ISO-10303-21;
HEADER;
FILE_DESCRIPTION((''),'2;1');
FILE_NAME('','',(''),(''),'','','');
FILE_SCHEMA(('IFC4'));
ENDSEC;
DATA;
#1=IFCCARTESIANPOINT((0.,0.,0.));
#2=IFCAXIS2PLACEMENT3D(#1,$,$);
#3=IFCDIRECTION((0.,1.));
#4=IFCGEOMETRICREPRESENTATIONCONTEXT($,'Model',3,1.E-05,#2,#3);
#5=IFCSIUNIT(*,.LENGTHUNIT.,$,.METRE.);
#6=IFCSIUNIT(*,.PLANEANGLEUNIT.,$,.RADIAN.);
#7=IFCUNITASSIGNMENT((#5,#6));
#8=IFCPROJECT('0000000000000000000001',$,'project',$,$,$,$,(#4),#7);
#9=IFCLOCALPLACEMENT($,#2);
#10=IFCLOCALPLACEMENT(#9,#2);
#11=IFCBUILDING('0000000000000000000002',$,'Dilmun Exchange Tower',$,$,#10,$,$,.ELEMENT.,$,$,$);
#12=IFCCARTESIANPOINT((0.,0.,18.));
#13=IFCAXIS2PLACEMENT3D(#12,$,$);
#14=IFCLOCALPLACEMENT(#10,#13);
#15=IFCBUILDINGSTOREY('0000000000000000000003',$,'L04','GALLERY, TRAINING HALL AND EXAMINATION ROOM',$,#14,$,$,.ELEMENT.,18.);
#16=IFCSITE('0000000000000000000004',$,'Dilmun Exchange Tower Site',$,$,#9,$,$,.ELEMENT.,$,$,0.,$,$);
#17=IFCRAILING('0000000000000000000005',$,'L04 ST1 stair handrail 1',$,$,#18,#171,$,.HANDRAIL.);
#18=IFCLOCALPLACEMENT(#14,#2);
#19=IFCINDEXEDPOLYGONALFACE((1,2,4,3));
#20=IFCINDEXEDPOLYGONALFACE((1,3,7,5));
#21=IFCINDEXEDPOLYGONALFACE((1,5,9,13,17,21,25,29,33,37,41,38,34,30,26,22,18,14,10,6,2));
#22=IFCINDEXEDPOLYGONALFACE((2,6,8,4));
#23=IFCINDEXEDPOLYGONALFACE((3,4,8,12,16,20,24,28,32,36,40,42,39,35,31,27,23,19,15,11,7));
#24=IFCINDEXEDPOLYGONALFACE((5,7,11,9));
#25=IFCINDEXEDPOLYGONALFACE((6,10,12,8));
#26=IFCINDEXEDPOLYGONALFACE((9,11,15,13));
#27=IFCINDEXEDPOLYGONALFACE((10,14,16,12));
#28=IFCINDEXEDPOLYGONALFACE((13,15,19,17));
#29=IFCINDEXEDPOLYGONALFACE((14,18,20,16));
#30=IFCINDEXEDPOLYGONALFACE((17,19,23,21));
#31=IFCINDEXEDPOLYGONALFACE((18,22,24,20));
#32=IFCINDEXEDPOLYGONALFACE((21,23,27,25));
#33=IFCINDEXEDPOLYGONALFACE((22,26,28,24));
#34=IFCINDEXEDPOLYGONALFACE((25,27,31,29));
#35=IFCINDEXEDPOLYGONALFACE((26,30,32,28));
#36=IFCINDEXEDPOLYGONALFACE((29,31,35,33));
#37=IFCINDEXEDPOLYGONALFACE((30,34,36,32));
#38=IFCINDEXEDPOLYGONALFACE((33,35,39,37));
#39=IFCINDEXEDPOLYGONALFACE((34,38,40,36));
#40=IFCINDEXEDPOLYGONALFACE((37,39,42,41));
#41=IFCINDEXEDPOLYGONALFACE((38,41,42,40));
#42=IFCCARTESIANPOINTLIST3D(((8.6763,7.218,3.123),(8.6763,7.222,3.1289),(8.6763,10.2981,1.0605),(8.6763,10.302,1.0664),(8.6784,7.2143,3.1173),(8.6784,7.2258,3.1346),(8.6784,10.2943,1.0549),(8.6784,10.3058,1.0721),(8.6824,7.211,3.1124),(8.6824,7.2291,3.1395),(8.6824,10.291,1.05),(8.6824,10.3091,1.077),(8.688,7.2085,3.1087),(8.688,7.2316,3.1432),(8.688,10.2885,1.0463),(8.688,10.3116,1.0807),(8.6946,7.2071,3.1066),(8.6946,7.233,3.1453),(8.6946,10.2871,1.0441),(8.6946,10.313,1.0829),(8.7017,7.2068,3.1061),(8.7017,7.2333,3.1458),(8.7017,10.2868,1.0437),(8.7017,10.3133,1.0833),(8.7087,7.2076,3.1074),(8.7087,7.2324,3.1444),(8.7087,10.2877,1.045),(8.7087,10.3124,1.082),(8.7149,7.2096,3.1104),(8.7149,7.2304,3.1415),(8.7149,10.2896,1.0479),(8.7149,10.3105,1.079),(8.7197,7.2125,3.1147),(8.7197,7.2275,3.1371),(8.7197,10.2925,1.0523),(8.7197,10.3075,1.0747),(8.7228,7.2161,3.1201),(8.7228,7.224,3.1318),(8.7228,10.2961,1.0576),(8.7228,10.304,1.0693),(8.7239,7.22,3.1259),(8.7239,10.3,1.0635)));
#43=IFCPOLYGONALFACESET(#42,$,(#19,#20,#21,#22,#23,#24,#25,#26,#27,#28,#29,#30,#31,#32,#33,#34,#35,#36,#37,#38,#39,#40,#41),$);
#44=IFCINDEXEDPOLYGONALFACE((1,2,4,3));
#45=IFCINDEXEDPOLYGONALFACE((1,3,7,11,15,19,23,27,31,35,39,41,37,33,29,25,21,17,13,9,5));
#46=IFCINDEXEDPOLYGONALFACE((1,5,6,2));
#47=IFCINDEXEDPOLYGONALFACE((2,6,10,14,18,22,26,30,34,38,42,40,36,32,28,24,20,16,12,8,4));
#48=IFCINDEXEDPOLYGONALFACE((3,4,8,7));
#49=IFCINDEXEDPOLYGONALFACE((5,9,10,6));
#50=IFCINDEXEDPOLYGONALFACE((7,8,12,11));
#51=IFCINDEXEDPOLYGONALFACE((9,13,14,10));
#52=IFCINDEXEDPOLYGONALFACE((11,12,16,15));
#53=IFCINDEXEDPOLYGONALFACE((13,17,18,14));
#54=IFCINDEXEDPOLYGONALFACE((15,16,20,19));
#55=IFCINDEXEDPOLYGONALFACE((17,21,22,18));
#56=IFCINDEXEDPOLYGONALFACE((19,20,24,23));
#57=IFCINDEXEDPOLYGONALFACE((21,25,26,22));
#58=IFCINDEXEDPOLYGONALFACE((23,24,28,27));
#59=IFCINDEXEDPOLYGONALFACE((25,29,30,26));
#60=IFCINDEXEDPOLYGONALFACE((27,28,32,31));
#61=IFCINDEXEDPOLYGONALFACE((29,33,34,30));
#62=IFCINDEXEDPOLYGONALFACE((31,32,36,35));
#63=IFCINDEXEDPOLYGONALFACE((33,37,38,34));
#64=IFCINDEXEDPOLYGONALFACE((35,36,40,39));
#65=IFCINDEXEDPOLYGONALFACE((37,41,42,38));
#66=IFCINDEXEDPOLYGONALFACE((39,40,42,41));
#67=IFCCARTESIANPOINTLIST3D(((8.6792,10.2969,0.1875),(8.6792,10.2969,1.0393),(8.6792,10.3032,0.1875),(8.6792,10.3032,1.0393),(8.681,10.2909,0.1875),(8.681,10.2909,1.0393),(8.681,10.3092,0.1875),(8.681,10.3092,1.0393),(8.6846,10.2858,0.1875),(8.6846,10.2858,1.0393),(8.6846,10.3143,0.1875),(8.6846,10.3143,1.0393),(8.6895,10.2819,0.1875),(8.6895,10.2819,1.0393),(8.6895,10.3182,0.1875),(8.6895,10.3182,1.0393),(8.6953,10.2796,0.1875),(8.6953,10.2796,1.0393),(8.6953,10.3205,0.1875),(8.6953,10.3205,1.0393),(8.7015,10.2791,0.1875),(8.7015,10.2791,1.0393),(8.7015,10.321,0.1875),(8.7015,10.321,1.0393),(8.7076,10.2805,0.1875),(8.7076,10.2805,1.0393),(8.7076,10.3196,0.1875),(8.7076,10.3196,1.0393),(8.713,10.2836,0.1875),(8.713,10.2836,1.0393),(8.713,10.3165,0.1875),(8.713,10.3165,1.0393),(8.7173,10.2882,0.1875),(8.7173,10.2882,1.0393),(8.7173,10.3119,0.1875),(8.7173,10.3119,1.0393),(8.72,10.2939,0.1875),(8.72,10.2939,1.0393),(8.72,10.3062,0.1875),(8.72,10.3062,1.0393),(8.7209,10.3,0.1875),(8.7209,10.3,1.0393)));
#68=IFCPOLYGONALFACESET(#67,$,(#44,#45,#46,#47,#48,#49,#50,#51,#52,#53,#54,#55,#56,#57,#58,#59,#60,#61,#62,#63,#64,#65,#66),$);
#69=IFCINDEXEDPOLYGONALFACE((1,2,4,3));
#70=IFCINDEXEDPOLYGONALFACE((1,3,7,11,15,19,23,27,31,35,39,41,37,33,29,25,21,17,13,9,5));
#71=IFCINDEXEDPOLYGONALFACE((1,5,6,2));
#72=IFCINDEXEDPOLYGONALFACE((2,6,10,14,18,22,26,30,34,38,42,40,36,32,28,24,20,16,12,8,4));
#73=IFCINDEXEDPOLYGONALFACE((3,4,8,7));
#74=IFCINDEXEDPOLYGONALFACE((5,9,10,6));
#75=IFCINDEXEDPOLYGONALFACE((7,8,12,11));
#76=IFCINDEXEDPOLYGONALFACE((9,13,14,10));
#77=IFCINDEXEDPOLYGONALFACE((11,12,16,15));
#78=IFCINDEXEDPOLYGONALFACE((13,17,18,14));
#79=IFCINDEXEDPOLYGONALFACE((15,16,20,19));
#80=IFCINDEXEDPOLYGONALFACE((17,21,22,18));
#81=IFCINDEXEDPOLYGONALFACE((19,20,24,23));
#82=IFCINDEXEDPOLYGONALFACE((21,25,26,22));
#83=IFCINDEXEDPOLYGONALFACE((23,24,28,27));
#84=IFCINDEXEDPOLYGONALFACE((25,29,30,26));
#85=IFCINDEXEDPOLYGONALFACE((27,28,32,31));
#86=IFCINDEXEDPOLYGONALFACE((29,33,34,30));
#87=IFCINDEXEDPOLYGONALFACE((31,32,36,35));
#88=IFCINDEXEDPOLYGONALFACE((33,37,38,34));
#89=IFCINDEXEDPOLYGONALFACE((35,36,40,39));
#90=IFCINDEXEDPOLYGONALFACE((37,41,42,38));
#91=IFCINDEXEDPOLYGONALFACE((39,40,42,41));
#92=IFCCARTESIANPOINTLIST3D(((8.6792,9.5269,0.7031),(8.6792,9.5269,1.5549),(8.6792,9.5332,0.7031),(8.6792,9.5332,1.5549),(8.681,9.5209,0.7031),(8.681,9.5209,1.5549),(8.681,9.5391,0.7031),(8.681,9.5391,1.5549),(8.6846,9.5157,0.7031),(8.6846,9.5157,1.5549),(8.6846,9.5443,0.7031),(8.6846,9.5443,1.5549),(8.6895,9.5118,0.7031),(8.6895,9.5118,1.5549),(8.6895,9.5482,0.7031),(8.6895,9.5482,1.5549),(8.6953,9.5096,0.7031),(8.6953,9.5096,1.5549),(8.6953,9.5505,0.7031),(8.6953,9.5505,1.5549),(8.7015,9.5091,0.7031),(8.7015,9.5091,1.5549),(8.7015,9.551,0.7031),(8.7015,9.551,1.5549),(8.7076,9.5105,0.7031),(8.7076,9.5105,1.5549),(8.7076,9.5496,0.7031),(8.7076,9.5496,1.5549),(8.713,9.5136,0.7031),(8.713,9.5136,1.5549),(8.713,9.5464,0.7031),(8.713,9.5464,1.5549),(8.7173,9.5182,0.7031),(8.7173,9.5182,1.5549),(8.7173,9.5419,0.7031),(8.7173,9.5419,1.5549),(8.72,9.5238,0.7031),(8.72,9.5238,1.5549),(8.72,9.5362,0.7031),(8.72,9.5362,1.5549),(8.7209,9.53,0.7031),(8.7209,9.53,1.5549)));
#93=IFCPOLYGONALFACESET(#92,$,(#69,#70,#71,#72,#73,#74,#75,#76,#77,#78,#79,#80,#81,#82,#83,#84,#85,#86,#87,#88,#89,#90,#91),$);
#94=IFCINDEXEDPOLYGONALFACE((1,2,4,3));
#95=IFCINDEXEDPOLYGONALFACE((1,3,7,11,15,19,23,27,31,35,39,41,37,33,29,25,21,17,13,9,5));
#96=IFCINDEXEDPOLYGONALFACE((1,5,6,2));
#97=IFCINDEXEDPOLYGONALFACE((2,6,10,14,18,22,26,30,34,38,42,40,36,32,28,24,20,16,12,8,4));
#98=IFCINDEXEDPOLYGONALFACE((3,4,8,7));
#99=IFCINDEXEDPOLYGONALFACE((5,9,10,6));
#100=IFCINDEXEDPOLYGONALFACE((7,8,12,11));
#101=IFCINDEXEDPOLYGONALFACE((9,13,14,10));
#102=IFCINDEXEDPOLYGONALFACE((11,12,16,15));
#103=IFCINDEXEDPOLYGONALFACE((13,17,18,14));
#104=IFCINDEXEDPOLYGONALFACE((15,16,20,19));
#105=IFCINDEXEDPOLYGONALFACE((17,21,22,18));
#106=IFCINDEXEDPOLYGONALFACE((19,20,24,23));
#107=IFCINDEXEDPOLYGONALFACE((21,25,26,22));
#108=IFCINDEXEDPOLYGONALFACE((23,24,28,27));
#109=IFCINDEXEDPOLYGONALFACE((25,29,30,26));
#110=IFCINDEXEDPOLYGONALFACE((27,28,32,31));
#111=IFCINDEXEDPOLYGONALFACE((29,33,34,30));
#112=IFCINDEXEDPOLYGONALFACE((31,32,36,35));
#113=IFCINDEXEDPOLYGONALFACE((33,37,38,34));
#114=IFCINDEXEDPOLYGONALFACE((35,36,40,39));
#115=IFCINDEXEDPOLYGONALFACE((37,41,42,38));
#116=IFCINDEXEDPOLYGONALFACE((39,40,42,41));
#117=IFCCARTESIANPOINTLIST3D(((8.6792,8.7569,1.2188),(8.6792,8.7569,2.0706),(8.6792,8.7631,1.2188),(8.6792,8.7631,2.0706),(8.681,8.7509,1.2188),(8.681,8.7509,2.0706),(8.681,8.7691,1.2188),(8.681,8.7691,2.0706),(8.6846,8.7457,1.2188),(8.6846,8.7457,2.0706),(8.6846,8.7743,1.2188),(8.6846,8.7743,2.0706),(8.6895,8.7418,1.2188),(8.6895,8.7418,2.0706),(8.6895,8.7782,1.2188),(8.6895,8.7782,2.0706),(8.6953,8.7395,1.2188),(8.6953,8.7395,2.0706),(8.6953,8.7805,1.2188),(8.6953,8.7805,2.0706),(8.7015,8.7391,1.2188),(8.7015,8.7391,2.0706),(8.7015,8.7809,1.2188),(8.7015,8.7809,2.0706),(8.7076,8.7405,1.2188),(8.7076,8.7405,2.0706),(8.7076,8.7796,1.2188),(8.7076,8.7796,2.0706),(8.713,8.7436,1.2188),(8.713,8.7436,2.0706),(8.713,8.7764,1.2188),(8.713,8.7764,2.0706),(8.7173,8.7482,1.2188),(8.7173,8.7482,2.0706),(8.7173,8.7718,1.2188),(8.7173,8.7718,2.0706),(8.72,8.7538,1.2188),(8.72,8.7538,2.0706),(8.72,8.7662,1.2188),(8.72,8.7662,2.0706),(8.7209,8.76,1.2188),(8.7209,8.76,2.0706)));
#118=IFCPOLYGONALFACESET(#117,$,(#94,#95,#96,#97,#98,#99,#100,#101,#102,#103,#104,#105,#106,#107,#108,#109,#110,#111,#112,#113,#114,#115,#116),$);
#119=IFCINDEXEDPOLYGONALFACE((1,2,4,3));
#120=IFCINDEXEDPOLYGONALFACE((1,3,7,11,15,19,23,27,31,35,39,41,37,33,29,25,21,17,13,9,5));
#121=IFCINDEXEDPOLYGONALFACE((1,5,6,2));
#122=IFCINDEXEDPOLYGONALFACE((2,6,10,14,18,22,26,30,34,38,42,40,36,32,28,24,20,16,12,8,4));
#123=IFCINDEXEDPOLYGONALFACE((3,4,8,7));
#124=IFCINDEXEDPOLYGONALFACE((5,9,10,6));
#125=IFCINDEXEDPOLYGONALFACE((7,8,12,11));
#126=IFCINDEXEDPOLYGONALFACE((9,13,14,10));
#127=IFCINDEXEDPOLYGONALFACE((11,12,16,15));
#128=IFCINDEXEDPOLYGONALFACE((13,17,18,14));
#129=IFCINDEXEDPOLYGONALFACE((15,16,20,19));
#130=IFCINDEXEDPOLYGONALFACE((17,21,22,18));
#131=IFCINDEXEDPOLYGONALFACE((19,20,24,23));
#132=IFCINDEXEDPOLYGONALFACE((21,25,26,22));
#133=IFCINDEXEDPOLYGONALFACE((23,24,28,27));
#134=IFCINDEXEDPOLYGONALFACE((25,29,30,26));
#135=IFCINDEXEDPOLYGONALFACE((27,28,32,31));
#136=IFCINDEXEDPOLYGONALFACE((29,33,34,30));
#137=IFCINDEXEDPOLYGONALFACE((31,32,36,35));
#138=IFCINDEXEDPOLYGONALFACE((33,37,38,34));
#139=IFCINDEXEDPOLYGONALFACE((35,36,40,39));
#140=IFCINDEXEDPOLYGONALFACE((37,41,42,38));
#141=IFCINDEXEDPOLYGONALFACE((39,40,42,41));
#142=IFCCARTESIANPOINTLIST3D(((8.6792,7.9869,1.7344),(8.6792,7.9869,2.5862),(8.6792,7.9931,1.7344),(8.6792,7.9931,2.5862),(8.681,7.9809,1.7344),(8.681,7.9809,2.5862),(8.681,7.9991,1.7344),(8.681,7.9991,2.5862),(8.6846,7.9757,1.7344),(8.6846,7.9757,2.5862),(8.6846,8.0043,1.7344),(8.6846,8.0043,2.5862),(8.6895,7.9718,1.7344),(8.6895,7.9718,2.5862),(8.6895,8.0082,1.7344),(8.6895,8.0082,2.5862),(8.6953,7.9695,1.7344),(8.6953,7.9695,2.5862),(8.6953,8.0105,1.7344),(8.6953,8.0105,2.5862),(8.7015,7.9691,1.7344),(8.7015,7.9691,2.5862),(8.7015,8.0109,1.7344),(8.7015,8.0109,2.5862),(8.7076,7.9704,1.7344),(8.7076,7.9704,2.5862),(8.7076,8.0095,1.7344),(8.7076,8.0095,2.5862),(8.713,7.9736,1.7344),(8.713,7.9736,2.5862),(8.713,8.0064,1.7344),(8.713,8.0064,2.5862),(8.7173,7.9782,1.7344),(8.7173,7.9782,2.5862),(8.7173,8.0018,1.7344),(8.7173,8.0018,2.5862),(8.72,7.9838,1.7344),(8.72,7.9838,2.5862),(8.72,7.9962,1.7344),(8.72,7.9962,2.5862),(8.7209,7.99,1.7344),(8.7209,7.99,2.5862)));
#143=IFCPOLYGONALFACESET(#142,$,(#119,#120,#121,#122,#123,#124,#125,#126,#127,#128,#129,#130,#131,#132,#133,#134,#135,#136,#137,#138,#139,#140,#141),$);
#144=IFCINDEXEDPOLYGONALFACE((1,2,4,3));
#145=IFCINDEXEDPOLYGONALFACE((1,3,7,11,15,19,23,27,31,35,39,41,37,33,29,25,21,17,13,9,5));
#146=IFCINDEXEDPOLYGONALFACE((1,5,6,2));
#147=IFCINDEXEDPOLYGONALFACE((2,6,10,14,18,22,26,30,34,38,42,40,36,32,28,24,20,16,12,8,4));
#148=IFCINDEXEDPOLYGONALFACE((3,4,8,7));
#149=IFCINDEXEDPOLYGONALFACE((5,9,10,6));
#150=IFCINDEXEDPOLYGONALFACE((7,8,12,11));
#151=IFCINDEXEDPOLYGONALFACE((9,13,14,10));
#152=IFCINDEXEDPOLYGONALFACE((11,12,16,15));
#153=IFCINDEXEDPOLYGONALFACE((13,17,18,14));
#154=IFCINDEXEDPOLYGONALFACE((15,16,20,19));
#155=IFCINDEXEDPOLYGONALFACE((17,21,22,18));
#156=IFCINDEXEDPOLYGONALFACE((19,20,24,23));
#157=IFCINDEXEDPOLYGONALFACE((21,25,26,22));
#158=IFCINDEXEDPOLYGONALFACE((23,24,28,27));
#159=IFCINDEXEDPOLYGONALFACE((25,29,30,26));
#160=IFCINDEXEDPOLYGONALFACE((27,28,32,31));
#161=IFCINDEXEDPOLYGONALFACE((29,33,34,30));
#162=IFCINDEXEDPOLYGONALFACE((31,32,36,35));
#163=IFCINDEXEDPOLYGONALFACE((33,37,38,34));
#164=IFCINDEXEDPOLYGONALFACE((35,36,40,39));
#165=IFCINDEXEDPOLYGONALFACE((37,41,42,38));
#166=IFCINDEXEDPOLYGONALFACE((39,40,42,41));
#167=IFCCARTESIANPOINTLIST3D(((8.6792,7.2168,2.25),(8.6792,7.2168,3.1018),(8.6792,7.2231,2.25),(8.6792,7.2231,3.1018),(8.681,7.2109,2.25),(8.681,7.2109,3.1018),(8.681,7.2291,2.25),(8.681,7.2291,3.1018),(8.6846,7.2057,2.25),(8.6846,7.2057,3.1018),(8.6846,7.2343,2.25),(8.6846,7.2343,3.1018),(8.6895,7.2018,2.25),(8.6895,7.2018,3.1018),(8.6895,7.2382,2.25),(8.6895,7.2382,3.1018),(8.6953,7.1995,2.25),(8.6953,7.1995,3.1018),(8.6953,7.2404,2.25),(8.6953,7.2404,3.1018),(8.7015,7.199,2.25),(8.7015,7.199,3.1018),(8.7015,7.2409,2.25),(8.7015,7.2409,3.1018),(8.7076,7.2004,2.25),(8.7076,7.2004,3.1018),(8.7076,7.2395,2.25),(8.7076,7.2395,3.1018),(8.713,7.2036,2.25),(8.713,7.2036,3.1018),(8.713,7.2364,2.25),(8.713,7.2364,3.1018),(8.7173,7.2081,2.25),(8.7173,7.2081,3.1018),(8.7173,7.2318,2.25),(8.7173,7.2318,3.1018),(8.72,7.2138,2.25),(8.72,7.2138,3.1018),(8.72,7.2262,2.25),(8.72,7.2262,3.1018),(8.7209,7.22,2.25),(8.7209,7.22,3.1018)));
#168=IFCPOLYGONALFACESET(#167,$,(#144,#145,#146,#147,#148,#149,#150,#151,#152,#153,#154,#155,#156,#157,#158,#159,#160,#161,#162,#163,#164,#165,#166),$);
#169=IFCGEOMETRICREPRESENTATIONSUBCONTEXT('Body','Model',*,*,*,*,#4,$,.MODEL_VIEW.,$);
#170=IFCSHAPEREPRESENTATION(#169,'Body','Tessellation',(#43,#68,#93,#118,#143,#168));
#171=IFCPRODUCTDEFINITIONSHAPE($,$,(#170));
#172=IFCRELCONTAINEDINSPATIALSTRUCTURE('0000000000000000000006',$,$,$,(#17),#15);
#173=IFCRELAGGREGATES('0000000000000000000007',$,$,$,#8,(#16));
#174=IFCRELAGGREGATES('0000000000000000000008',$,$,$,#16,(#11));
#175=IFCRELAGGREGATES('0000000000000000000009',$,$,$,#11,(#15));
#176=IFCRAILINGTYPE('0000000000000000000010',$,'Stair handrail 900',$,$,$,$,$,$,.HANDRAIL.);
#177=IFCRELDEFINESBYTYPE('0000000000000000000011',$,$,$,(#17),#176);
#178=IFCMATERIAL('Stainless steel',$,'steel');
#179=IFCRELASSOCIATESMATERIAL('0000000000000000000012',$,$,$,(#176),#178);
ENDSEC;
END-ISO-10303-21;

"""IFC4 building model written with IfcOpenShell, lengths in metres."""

from ifc_helpers import new_model, si_unit, direction, frame, origin, origin_2d, place, context, subcontext, project, spatial, circle, extrude, material, type_object, element, save


model = new_model("IFC4")

# Units and contexts
model_context = context("Model", 3, precision=1e-05, world=origin(), true_north=direction((0.0, 1.0)))
body_context = subcontext(model_context, "Body", "Model", "MODEL_VIEW")
ifc_project = project(units=[si_unit("LENGTHUNIT", "METRE"), si_unit("PLANEANGLEUNIT", "RADIAN")], contexts=[model_context])

# Site, building, storey
site_placement = place(None, origin())
site = spatial("IfcSite", under=ifc_project, at=site_placement, Name="Dilmun Exchange Tower Site", CompositionType="ELEMENT", RefElevation=0.0)
building_placement = place(site_placement, origin())
building = spatial("IfcBuilding", under=site, at=building_placement, Name="Dilmun Exchange Tower", CompositionType="ELEMENT")
storey_placement = place(building_placement, frame((0.0, 0.0, 18.0)))
storey = spatial("IfcBuildingStorey", under=building, at=storey_placement, Name="L04", Description="GALLERY, TRAINING HALL AND EXAMINATION ROOM", CompositionType="ELEMENT", Elevation=18.0)

# Railing
ifc_material_1 = material(Name="Stainless steel", Category="steel")
railing_type = type_object("IfcRailingType", Name="Stair handrail 900", PredefinedType="HANDRAIL", material=ifc_material_1)
railing_1_placement = place(storey_placement, frame((8.7, 10.3, 0.1875)))
element("IfcRailing", 1, at=railing_1_placement, inside=storey, type_object=railing_type, Name="L04 ST1 stair handrail 1", PredefinedType="HANDRAIL", context=body_context, shape_type="SweptSolid", body=[
    extrude(circle(Radius=0.0239, at=origin_2d()), frame((0.0, 0.0, 0.876), z_axis=(0.0, -0.830914, 0.556401), x_axis=(1.0, 0.0, 0.0)), (0.0, 0.0, 1.0), 3.7068),
    extrude(circle(Radius=0.021, at=origin_2d()), origin(), (0.0, 0.0, 1.0), 0.8518),
    extrude(circle(Radius=0.021, at=origin_2d()), frame((0.0, -0.77, 0.5156)), (0.0, 0.0, 1.0), 0.8518),
    extrude(circle(Radius=0.021, at=origin_2d()), frame((0.0, -1.54, 1.0312)), (0.0, 0.0, 1.0), 0.8518),
    extrude(circle(Radius=0.021, at=origin_2d()), frame((0.0, -2.3101, 1.5469)), (0.0, 0.0, 1.0), 0.8518),
    extrude(circle(Radius=0.021, at=origin_2d()), frame((0.0, -3.0801, 2.0625)), (0.0, 0.0, 1.0), 0.8518),
])

save(model, "model.ifc")
